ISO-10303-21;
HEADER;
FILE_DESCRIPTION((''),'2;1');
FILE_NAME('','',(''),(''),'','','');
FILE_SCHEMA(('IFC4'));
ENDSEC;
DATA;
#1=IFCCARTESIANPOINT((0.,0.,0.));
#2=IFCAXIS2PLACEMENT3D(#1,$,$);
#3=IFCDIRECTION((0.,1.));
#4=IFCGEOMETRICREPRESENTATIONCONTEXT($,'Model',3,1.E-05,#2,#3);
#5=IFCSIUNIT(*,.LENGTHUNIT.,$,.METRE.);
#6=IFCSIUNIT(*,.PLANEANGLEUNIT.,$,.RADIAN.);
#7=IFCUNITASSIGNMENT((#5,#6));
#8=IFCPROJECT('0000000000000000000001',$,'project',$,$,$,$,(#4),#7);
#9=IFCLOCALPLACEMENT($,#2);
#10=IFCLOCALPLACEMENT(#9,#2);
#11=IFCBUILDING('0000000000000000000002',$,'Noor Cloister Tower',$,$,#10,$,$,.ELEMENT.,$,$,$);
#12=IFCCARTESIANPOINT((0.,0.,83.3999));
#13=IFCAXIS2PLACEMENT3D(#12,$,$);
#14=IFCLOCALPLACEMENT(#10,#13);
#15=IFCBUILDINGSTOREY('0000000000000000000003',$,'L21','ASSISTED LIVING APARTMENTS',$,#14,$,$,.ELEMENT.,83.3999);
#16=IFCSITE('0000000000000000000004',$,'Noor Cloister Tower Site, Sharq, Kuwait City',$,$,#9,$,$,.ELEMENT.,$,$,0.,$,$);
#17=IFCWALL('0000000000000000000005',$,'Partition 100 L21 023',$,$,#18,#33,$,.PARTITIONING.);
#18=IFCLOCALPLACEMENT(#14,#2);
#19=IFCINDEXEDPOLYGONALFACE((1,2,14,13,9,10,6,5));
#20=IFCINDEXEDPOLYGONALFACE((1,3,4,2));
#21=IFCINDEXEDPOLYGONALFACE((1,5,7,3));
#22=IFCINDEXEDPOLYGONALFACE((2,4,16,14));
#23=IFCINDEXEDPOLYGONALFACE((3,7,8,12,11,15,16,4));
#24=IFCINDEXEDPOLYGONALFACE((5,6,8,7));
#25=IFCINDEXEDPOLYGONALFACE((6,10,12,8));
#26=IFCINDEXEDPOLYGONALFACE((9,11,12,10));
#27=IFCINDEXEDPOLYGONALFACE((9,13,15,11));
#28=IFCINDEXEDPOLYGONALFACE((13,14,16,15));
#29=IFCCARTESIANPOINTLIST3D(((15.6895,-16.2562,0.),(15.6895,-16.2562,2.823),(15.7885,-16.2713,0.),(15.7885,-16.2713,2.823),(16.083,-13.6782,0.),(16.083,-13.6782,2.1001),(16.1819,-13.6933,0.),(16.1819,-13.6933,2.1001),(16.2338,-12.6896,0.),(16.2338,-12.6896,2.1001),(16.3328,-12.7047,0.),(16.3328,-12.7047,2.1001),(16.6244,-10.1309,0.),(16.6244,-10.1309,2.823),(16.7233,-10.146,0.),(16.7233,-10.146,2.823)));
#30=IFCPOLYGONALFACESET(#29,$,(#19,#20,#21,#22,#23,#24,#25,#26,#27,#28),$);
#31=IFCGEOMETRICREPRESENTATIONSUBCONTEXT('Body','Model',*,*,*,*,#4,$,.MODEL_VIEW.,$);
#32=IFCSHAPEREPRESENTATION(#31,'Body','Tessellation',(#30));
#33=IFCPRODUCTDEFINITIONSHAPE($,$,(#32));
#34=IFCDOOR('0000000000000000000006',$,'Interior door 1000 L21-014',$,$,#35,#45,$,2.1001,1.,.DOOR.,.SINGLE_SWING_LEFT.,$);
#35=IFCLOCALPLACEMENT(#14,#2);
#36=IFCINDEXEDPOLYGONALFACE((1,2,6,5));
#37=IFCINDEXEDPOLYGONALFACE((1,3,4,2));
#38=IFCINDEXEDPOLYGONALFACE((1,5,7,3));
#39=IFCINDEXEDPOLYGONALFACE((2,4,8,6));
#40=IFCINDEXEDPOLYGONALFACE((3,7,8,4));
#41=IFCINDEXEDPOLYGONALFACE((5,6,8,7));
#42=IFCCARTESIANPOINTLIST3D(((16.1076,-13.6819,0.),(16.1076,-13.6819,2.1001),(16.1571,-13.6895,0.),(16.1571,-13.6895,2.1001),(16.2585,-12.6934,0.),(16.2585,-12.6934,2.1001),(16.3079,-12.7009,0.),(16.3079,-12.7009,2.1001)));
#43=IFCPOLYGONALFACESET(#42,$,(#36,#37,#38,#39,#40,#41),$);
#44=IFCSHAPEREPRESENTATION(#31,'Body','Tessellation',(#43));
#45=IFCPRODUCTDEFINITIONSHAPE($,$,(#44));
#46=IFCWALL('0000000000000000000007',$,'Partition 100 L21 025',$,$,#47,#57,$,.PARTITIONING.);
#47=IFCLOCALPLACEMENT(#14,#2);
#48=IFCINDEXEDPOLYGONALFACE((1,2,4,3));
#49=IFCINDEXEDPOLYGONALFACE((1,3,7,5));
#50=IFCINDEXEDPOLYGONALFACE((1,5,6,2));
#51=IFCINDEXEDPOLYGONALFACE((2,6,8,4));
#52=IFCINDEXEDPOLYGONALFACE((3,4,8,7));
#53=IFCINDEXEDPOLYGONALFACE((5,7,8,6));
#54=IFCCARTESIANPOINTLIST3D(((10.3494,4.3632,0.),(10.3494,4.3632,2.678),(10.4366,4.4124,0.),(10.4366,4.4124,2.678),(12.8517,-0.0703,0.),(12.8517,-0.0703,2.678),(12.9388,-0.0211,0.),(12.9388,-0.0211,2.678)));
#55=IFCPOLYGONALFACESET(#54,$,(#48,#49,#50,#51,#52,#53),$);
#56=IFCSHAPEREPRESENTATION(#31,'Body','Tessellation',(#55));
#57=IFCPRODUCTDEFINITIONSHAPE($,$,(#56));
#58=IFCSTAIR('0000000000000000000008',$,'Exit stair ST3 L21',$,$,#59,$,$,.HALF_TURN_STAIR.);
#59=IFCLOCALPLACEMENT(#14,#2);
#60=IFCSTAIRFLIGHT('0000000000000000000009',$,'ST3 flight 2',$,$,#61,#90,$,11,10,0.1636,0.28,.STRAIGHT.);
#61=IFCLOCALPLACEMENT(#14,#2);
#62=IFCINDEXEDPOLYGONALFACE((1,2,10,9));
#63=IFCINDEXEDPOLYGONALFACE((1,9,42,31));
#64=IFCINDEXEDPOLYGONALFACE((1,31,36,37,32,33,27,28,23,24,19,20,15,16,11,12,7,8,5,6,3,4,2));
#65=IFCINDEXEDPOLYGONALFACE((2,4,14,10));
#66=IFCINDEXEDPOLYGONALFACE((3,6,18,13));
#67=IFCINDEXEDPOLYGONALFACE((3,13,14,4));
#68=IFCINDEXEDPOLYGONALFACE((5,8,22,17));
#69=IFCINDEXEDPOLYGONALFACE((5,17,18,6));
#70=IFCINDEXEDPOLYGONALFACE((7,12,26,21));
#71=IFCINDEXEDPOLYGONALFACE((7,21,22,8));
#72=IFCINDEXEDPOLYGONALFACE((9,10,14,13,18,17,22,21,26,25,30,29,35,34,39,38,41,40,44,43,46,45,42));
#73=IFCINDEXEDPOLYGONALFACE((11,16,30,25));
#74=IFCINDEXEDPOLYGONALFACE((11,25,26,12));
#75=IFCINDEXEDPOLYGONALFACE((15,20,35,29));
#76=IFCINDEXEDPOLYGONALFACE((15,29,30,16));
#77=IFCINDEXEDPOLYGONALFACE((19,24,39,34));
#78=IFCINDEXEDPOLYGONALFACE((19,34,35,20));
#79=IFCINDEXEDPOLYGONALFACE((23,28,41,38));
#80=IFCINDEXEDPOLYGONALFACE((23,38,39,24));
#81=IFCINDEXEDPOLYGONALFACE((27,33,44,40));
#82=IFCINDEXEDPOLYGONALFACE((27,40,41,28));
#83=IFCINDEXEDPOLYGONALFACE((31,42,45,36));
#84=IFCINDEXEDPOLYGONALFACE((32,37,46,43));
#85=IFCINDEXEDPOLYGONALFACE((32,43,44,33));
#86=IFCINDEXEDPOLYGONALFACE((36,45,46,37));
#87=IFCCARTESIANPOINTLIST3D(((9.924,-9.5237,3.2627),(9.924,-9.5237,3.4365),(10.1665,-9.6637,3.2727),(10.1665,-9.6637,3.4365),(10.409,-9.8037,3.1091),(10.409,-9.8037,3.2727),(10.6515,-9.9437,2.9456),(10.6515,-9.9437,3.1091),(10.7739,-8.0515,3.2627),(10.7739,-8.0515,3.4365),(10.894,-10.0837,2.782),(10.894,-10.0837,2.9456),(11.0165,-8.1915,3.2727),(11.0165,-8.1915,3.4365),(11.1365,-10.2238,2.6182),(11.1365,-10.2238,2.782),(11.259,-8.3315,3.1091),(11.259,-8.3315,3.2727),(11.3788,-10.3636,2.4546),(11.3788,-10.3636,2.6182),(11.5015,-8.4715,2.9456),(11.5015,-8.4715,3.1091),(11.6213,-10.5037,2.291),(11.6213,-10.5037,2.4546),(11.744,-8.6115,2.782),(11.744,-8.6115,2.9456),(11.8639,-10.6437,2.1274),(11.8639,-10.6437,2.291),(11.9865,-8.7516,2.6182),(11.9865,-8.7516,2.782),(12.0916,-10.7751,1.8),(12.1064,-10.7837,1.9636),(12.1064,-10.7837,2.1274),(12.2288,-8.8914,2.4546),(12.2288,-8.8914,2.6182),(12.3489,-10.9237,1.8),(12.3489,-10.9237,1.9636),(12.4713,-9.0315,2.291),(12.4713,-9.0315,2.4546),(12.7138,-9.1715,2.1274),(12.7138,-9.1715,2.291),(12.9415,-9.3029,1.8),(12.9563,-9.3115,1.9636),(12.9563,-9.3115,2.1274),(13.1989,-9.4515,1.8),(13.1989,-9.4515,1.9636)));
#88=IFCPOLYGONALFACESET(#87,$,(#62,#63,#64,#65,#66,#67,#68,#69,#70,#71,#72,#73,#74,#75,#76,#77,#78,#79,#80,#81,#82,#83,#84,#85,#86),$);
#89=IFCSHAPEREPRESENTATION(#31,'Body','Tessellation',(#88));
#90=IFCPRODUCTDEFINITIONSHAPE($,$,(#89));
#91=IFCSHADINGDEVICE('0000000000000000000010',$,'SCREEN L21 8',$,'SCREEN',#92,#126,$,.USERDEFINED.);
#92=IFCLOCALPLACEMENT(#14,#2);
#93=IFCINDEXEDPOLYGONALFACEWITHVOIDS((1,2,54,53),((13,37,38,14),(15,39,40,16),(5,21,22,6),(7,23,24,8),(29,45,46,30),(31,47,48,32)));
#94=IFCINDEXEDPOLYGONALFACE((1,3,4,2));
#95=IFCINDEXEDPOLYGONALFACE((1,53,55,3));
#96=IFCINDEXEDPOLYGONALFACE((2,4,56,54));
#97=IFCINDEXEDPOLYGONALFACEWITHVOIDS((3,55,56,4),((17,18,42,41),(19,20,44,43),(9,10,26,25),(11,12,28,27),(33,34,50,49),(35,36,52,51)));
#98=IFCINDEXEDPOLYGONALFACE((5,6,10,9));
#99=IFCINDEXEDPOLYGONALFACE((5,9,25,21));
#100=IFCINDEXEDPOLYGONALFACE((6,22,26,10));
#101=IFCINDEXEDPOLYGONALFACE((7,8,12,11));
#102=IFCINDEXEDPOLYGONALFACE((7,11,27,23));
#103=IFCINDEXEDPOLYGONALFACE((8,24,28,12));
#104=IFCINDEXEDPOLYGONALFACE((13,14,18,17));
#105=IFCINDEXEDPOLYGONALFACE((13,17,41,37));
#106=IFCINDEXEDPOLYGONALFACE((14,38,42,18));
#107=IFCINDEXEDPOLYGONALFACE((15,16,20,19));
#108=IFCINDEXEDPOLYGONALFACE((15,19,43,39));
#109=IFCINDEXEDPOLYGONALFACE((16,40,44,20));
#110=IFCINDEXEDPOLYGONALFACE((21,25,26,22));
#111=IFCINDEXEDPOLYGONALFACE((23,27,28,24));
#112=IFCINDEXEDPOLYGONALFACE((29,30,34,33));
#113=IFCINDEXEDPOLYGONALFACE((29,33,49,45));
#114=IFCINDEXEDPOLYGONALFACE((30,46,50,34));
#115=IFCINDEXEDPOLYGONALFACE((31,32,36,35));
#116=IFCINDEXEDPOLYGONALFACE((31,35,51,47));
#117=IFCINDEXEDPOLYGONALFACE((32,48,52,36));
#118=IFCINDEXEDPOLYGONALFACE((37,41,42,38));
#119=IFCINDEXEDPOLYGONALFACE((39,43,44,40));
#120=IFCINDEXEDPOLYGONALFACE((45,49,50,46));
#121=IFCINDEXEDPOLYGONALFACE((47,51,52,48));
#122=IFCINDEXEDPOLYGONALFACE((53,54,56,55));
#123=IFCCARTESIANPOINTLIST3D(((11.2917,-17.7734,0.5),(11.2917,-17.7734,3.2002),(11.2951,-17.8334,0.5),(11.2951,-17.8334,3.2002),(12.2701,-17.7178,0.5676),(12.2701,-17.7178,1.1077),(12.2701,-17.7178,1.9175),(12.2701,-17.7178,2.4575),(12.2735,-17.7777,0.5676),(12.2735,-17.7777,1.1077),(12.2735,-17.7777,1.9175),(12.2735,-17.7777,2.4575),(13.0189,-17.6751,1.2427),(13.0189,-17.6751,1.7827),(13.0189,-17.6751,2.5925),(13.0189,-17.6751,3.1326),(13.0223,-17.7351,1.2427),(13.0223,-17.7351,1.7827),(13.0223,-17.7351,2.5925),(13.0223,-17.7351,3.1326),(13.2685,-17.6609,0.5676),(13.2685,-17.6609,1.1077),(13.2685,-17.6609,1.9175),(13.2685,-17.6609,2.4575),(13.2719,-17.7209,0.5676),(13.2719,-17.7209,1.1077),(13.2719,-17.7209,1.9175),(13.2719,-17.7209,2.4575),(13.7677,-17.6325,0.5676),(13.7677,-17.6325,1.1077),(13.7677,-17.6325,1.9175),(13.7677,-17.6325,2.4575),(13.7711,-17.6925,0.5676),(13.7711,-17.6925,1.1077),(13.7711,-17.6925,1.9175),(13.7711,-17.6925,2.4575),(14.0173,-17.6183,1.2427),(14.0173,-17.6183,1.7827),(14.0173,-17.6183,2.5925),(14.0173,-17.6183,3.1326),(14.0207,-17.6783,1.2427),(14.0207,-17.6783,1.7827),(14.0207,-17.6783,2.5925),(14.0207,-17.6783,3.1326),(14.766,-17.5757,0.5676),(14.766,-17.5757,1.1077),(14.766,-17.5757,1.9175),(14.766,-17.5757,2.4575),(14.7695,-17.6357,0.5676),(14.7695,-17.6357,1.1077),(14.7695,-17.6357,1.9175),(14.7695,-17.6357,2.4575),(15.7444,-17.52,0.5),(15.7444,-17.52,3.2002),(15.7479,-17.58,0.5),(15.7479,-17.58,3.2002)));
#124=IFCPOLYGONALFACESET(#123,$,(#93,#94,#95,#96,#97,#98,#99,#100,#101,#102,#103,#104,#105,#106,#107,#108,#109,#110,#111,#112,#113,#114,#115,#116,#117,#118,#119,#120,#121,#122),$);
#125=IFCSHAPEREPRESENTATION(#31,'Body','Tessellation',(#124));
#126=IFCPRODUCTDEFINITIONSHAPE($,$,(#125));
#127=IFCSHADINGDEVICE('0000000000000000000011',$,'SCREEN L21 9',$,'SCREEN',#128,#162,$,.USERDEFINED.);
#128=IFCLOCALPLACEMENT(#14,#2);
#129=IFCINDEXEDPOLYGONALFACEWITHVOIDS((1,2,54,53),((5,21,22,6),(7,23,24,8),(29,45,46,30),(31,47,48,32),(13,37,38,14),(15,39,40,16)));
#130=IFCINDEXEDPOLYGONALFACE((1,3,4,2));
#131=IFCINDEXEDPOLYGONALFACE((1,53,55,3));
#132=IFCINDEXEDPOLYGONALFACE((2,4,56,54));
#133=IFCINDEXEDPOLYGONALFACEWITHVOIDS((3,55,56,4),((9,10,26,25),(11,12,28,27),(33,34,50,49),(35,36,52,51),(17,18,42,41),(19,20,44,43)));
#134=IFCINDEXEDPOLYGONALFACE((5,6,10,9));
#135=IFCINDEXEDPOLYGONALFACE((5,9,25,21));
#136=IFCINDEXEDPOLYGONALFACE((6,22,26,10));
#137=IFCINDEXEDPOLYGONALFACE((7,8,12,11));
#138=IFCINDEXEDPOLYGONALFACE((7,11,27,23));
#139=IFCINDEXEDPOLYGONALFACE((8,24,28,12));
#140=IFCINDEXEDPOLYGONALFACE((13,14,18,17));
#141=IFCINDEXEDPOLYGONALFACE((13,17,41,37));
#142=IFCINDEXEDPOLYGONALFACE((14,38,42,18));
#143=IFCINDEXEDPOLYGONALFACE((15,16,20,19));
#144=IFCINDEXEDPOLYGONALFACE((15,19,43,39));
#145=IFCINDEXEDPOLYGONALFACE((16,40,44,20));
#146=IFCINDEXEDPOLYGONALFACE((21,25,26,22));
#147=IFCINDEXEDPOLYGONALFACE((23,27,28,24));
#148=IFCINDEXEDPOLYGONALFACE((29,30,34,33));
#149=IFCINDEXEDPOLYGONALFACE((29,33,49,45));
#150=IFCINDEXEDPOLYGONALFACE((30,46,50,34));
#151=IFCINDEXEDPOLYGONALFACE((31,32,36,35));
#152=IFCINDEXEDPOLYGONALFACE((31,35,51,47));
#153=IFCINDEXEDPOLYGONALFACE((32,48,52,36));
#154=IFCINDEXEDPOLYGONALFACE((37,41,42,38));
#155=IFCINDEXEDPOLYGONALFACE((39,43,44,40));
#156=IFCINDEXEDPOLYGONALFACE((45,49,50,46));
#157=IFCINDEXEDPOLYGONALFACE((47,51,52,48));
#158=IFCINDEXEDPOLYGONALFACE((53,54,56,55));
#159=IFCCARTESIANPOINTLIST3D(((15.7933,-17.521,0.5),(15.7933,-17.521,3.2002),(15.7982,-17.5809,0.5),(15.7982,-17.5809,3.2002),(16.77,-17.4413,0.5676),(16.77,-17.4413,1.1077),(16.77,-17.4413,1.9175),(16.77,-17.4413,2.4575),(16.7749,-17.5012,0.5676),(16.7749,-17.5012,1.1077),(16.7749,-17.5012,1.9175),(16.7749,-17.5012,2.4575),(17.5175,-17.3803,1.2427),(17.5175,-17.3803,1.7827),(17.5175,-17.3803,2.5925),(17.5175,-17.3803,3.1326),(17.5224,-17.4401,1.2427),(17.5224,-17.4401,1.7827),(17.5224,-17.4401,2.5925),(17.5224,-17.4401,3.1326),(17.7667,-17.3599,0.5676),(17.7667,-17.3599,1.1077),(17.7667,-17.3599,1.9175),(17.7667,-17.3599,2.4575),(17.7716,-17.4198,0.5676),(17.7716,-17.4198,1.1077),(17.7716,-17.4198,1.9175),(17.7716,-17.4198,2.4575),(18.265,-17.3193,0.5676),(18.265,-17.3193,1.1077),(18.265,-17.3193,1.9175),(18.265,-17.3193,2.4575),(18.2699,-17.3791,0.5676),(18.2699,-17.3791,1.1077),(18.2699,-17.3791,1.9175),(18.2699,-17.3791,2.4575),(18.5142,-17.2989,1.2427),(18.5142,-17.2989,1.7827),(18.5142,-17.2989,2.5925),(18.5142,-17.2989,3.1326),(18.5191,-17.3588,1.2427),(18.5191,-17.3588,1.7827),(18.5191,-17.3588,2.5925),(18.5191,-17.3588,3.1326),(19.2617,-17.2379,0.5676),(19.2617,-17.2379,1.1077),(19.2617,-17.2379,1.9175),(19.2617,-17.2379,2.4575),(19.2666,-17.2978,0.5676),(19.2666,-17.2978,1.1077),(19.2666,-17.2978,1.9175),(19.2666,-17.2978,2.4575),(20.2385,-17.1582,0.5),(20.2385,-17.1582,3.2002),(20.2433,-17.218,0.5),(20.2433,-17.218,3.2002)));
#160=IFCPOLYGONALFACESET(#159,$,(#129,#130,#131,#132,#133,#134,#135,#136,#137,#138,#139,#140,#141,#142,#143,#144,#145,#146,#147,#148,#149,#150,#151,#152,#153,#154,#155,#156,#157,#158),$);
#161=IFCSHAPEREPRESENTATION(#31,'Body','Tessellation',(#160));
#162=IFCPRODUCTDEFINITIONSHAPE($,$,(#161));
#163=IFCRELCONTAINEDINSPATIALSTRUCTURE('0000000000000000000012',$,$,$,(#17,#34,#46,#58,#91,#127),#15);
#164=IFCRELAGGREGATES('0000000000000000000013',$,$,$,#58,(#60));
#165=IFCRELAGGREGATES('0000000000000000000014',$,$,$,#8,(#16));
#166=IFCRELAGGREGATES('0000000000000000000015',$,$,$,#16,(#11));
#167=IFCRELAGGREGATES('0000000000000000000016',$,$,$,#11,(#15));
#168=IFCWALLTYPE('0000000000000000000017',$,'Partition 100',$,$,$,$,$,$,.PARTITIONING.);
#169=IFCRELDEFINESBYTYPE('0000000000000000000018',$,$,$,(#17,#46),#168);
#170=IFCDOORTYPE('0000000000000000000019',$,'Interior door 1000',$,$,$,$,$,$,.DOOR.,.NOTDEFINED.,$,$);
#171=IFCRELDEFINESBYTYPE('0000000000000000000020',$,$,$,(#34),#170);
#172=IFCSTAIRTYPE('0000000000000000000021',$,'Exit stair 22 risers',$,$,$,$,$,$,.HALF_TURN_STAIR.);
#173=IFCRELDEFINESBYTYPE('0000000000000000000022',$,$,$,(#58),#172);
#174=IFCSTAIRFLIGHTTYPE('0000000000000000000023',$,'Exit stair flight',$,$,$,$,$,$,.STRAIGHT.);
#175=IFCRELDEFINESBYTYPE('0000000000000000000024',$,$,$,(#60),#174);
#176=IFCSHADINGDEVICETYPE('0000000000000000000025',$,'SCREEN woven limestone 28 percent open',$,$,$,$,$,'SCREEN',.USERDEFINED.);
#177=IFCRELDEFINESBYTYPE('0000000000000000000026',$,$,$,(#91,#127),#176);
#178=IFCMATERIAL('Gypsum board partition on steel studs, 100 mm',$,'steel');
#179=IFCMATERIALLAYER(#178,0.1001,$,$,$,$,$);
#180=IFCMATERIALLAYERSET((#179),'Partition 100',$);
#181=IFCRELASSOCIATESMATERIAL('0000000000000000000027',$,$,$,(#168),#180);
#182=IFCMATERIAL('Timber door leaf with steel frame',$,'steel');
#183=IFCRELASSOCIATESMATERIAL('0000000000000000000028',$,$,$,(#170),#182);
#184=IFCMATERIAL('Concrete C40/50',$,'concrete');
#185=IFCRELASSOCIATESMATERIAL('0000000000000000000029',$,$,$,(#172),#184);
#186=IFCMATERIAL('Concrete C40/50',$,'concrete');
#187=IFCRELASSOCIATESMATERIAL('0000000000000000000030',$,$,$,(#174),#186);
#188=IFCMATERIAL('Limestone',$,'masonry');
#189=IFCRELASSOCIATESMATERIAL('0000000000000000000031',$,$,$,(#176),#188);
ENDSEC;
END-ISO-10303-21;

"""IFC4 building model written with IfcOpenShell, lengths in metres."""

from ifc_helpers import new_model, si_unit, direction, frame, frame_2d, origin, place, context, subcontext, project, spatial, polyline, rectangle, outline, extrude, material, layer, layer_set, material_profile, profile_set, type_object, element, fill, aggregate, save


model = new_model("IFC4")

# Units and contexts
model_context = context("Model", 3, precision=1e-05, world=origin(), true_north=direction((0.0, 1.0)))
body_context = subcontext(model_context, "Body", "Model", "MODEL_VIEW")
ifc_project = project(units=[si_unit("LENGTHUNIT", "METRE"), si_unit("PLANEANGLEUNIT", "RADIAN")], contexts=[model_context])

# Site, building, storey
site_placement = place(None, origin())
site = spatial("IfcSite", under=ifc_project, at=site_placement, Name="Noor Cloister Tower Site, Sharq, Kuwait City", CompositionType="ELEMENT", RefElevation=0.0)
building_placement = place(site_placement, origin())
building = spatial("IfcBuilding", under=site, at=building_placement, Name="Noor Cloister Tower", CompositionType="ELEMENT")
storey_placement = place(building_placement, frame((0.0, 0.0, 83.3999)))
storey = spatial("IfcBuildingStorey", under=building, at=storey_placement, Name="L21", Description="ASSISTED LIVING APARTMENTS", CompositionType="ELEMENT", Elevation=83.3999)

# Wall, opening, door
ifc_material_1 = material(Name="Gypsum board partition on steel studs, 100 mm", Category="steel")
ifc_layer_1 = layer(ifc_material_1, 0.1001)
ifc_layer_set_1 = layer_set([ifc_layer_1], Name="Partition 100")
wall_type_1 = type_object("IfcWallType", Name="Partition 100", PredefinedType="PARTITIONING", material=ifc_layer_set_1)
wall_1_placement = place(storey_placement, frame((16.6738, -10.1384, 0.0), z_axis=(0.0, 0.0, 1.0), x_axis=(-0.15087, -0.988554, 0.0)))
wall_1 = element("IfcWall", 1, at=wall_1_placement, inside=storey, type_object=wall_type_1, Name="Partition 100 L21 023", PredefinedType="PARTITIONING", context=body_context, shape_type="SweptSolid", body=[
    extrude(rectangle(XDim=6.1963, YDim=0.1001, at=frame_2d((3.0981, 0.0))), origin(), (0.0, 0.0, 1.0), 2.823),
])
opening_placement = place(wall_1_placement, frame((2.5884, 0.0, 0.0)))
opening = element("IfcOpeningElement", 2, at=opening_placement, cuts=wall_1, PredefinedType="OPENING", context=body_context, shape_type="SweptSolid", body=[
    extrude(rectangle(XDim=1.0, YDim=2.1001, at=frame_2d((0.5, 1.05))), frame((0.0, 0.0601, 0.0), z_axis=(0.0, -1.0, 0.0), x_axis=(1.0, 0.0, 0.0)), (0.0, 0.0, 1.0), 0.1201),
])
ifc_material_2 = material(Name="Timber door leaf with steel frame", Category="steel")
door_type = type_object("IfcDoorType", Name="Interior door 1000", OperationType="NOTDEFINED", PredefinedType="DOOR", material=ifc_material_2)
door_placement = place(opening_placement, origin())
door = element("IfcDoor", 3, at=door_placement, inside=storey, type_object=door_type, Name="Interior door 1000 L21-014", OperationType="SINGLE_SWING_LEFT", OverallHeight=2.1001, OverallWidth=1.0, PredefinedType="DOOR", context=body_context, shape_type="SweptSolid", body=[
    extrude(rectangle(XDim=1.0, YDim=2.1001, at=frame_2d((0.5, 1.05))), frame((0.0, 0.0249, 0.0), z_axis=(0.0, -1.0, 0.0), x_axis=(1.0, 0.0, 0.0)), (0.0, 0.0, 1.0), 0.05),
])
fill(opening, door)

# Wall
wall_2_placement = place(storey_placement, frame((12.8953, -0.0457, 0.0), z_axis=(0.0, 0.0, 1.0), x_axis=(-0.49152, 0.870866, 0.0)))
element("IfcWall", 4, at=wall_2_placement, inside=storey, type_object=wall_type_1, Name="Partition 100 L21 025", PredefinedType="PARTITIONING", context=body_context, shape_type="SweptSolid", body=[
    extrude(rectangle(XDim=5.0908, YDim=0.1001, at=frame_2d((2.5454, 0.0))), origin(), (0.0, 0.0, 1.0), 2.678),
])

# Stair, stair flight
ifc_material_3 = material(Name="Concrete C40/50", Category="concrete")
stair_type = type_object("IfcStairType", Name="Exit stair 22 risers", PredefinedType="HALF_TURN_STAIR", material=ifc_material_3)
stair_placement = place(storey_placement, origin())
stair = element("IfcStair", 5, at=stair_placement, inside=storey, type_object=stair_type, Name="Exit stair ST3 L21", PredefinedType="HALF_TURN_STAIR")
ifc_material_4 = material(Name="Concrete C40/50", Category="concrete")
stair_flight_type = type_object("IfcStairFlightType", Name="Exit stair flight", PredefinedType="STRAIGHT", material=ifc_material_4)
stair_flight_placement = place(storey_placement, frame((12.7739, -10.1875, 1.8), z_axis=(0.0, 0.0, 1.0), x_axis=(-0.866025, 0.5, 0.0)))
stair_flight = element("IfcStairFlight", 6, at=stair_flight_placement, type_object=stair_flight_type, Name="ST3 flight 2", NumberOfRisers=11, NumberOfTreads=10, PredefinedType="STRAIGHT", RiserHeight=0.1636, TreadLength=0.28, context=body_context, shape_type="SweptSolid", body=[
    extrude(outline(polyline([(0.0, 0.0), (0.0, 0.1636), (0.28, 0.1636), (0.28, 0.3274), (0.5601, 0.3274), (0.5601, 0.491), (0.8401, 0.491), (0.8401, 0.6545), (1.1201, 0.6545), (1.1201, 0.8181), (1.3999, 0.8181), (1.3999, 0.9819), (1.6799, 0.9819), (1.6799, 1.1455), (1.96, 1.1455), (1.96, 1.3091), (2.24, 1.3091), (2.24, 1.4727), (2.52, 1.4727), (2.52, 1.6365), (2.8, 1.6365), (2.8, 1.8), (2.8, 1.4626), (0.2971, 0.0), (0.0, 0.0)])), frame((0.0, 0.8501, 0.0), z_axis=(0.0, -1.0, 0.0), x_axis=(1.0, 0.0, 0.0)), (0.0, 0.0, 1.0), 1.7),
])
aggregate(stair, [stair_flight])

# Shading devices
ifc_material_5 = material(Name="Limestone", Category="masonry")
ifc_material_profile_1 = material_profile(ifc_material_5, outline(polyline([(-2.23, -1.3501), (2.23, -1.3501), (2.23, 1.3501), (-2.23, 1.3501), (-2.23, -1.3501)]), holes=[polyline([(-1.25, -1.2825), (-0.25, -1.2825), (-0.25, -0.7424), (-1.25, -0.7424), (-1.25, -1.2825)]), polyline([(0.25, -1.2825), (1.25, -1.2825), (1.25, -0.7424), (0.25, -0.7424), (0.25, -1.2825)]), polyline([(-0.5, -0.6074), (0.5, -0.6074), (0.5, -0.0674), (-0.5, -0.0674), (-0.5, -0.6074)]), polyline([(-1.25, 0.0674), (-0.25, 0.0674), (-0.25, 0.6074), (-1.25, 0.6074), (-1.25, 0.0674)]), polyline([(0.25, 0.0674), (1.25, 0.0674), (1.25, 0.6074), (0.25, 0.6074), (0.25, 0.0674)]), polyline([(-0.5, 0.7424), (0.5, 0.7424), (0.5, 1.2825), (-0.5, 1.2825), (-0.5, 0.7424)])]), Name="Woven screen 28 percent open")
ifc_profile_set_1 = profile_set([ifc_material_profile_1], Name="Limestone")
shading_device_type = type_object("IfcShadingDeviceType", Name="SCREEN woven limestone 28 percent open", ElementType="SCREEN", PredefinedType="USERDEFINED", material=ifc_profile_set_1)
for number, where, z_axis, x_axis, name in (
    (7, (13.5181, -17.6467, 1.8501), (0.056819, -0.998385, 0.0), (0.998385, 0.056819, 0.0), "SCREEN L21 8"),
    (8, (18.0159, -17.3396, 1.8501), (0.081362, -0.996685, 0.0), (0.996685, 0.081362, 0.0), "SCREEN L21 9"),
):
    element("IfcShadingDevice", number, at=place(storey_placement, frame(where, z_axis=z_axis, x_axis=x_axis)), inside=storey, type_object=shading_device_type, Name=name, ObjectType="SCREEN", PredefinedType="USERDEFINED", context=body_context, shape_type="SweptSolid", body=[
        extrude(outline(polyline([(-2.23, -1.3501), (2.23, -1.3501), (2.23, 1.3501), (-2.23, 1.3501), (-2.23, -1.3501)]), holes=[polyline([(-1.25, -1.2825), (-0.25, -1.2825), (-0.25, -0.7424), (-1.25, -0.7424), (-1.25, -1.2825)]), polyline([(0.25, -1.2825), (1.25, -1.2825), (1.25, -0.7424), (0.25, -0.7424), (0.25, -1.2825)]), polyline([(-0.5, -0.6074), (0.5, -0.6074), (0.5, -0.0674), (-0.5, -0.0674), (-0.5, -0.6074)]), polyline([(-1.25, 0.0674), (-0.25, 0.0674), (-0.25, 0.6074), (-1.25, 0.6074), (-1.25, 0.0674)]), polyline([(0.25, 0.0674), (1.25, 0.0674), (1.25, 0.6074), (0.25, 0.6074), (0.25, 0.0674)]), polyline([(-0.5, 0.7424), (0.5, 0.7424), (0.5, 1.2825), (-0.5, 1.2825), (-0.5, 0.7424)])]), origin(), (0.0, 0.0, 1.0), 0.0601),
    ])

save(model, "model.ifc")
